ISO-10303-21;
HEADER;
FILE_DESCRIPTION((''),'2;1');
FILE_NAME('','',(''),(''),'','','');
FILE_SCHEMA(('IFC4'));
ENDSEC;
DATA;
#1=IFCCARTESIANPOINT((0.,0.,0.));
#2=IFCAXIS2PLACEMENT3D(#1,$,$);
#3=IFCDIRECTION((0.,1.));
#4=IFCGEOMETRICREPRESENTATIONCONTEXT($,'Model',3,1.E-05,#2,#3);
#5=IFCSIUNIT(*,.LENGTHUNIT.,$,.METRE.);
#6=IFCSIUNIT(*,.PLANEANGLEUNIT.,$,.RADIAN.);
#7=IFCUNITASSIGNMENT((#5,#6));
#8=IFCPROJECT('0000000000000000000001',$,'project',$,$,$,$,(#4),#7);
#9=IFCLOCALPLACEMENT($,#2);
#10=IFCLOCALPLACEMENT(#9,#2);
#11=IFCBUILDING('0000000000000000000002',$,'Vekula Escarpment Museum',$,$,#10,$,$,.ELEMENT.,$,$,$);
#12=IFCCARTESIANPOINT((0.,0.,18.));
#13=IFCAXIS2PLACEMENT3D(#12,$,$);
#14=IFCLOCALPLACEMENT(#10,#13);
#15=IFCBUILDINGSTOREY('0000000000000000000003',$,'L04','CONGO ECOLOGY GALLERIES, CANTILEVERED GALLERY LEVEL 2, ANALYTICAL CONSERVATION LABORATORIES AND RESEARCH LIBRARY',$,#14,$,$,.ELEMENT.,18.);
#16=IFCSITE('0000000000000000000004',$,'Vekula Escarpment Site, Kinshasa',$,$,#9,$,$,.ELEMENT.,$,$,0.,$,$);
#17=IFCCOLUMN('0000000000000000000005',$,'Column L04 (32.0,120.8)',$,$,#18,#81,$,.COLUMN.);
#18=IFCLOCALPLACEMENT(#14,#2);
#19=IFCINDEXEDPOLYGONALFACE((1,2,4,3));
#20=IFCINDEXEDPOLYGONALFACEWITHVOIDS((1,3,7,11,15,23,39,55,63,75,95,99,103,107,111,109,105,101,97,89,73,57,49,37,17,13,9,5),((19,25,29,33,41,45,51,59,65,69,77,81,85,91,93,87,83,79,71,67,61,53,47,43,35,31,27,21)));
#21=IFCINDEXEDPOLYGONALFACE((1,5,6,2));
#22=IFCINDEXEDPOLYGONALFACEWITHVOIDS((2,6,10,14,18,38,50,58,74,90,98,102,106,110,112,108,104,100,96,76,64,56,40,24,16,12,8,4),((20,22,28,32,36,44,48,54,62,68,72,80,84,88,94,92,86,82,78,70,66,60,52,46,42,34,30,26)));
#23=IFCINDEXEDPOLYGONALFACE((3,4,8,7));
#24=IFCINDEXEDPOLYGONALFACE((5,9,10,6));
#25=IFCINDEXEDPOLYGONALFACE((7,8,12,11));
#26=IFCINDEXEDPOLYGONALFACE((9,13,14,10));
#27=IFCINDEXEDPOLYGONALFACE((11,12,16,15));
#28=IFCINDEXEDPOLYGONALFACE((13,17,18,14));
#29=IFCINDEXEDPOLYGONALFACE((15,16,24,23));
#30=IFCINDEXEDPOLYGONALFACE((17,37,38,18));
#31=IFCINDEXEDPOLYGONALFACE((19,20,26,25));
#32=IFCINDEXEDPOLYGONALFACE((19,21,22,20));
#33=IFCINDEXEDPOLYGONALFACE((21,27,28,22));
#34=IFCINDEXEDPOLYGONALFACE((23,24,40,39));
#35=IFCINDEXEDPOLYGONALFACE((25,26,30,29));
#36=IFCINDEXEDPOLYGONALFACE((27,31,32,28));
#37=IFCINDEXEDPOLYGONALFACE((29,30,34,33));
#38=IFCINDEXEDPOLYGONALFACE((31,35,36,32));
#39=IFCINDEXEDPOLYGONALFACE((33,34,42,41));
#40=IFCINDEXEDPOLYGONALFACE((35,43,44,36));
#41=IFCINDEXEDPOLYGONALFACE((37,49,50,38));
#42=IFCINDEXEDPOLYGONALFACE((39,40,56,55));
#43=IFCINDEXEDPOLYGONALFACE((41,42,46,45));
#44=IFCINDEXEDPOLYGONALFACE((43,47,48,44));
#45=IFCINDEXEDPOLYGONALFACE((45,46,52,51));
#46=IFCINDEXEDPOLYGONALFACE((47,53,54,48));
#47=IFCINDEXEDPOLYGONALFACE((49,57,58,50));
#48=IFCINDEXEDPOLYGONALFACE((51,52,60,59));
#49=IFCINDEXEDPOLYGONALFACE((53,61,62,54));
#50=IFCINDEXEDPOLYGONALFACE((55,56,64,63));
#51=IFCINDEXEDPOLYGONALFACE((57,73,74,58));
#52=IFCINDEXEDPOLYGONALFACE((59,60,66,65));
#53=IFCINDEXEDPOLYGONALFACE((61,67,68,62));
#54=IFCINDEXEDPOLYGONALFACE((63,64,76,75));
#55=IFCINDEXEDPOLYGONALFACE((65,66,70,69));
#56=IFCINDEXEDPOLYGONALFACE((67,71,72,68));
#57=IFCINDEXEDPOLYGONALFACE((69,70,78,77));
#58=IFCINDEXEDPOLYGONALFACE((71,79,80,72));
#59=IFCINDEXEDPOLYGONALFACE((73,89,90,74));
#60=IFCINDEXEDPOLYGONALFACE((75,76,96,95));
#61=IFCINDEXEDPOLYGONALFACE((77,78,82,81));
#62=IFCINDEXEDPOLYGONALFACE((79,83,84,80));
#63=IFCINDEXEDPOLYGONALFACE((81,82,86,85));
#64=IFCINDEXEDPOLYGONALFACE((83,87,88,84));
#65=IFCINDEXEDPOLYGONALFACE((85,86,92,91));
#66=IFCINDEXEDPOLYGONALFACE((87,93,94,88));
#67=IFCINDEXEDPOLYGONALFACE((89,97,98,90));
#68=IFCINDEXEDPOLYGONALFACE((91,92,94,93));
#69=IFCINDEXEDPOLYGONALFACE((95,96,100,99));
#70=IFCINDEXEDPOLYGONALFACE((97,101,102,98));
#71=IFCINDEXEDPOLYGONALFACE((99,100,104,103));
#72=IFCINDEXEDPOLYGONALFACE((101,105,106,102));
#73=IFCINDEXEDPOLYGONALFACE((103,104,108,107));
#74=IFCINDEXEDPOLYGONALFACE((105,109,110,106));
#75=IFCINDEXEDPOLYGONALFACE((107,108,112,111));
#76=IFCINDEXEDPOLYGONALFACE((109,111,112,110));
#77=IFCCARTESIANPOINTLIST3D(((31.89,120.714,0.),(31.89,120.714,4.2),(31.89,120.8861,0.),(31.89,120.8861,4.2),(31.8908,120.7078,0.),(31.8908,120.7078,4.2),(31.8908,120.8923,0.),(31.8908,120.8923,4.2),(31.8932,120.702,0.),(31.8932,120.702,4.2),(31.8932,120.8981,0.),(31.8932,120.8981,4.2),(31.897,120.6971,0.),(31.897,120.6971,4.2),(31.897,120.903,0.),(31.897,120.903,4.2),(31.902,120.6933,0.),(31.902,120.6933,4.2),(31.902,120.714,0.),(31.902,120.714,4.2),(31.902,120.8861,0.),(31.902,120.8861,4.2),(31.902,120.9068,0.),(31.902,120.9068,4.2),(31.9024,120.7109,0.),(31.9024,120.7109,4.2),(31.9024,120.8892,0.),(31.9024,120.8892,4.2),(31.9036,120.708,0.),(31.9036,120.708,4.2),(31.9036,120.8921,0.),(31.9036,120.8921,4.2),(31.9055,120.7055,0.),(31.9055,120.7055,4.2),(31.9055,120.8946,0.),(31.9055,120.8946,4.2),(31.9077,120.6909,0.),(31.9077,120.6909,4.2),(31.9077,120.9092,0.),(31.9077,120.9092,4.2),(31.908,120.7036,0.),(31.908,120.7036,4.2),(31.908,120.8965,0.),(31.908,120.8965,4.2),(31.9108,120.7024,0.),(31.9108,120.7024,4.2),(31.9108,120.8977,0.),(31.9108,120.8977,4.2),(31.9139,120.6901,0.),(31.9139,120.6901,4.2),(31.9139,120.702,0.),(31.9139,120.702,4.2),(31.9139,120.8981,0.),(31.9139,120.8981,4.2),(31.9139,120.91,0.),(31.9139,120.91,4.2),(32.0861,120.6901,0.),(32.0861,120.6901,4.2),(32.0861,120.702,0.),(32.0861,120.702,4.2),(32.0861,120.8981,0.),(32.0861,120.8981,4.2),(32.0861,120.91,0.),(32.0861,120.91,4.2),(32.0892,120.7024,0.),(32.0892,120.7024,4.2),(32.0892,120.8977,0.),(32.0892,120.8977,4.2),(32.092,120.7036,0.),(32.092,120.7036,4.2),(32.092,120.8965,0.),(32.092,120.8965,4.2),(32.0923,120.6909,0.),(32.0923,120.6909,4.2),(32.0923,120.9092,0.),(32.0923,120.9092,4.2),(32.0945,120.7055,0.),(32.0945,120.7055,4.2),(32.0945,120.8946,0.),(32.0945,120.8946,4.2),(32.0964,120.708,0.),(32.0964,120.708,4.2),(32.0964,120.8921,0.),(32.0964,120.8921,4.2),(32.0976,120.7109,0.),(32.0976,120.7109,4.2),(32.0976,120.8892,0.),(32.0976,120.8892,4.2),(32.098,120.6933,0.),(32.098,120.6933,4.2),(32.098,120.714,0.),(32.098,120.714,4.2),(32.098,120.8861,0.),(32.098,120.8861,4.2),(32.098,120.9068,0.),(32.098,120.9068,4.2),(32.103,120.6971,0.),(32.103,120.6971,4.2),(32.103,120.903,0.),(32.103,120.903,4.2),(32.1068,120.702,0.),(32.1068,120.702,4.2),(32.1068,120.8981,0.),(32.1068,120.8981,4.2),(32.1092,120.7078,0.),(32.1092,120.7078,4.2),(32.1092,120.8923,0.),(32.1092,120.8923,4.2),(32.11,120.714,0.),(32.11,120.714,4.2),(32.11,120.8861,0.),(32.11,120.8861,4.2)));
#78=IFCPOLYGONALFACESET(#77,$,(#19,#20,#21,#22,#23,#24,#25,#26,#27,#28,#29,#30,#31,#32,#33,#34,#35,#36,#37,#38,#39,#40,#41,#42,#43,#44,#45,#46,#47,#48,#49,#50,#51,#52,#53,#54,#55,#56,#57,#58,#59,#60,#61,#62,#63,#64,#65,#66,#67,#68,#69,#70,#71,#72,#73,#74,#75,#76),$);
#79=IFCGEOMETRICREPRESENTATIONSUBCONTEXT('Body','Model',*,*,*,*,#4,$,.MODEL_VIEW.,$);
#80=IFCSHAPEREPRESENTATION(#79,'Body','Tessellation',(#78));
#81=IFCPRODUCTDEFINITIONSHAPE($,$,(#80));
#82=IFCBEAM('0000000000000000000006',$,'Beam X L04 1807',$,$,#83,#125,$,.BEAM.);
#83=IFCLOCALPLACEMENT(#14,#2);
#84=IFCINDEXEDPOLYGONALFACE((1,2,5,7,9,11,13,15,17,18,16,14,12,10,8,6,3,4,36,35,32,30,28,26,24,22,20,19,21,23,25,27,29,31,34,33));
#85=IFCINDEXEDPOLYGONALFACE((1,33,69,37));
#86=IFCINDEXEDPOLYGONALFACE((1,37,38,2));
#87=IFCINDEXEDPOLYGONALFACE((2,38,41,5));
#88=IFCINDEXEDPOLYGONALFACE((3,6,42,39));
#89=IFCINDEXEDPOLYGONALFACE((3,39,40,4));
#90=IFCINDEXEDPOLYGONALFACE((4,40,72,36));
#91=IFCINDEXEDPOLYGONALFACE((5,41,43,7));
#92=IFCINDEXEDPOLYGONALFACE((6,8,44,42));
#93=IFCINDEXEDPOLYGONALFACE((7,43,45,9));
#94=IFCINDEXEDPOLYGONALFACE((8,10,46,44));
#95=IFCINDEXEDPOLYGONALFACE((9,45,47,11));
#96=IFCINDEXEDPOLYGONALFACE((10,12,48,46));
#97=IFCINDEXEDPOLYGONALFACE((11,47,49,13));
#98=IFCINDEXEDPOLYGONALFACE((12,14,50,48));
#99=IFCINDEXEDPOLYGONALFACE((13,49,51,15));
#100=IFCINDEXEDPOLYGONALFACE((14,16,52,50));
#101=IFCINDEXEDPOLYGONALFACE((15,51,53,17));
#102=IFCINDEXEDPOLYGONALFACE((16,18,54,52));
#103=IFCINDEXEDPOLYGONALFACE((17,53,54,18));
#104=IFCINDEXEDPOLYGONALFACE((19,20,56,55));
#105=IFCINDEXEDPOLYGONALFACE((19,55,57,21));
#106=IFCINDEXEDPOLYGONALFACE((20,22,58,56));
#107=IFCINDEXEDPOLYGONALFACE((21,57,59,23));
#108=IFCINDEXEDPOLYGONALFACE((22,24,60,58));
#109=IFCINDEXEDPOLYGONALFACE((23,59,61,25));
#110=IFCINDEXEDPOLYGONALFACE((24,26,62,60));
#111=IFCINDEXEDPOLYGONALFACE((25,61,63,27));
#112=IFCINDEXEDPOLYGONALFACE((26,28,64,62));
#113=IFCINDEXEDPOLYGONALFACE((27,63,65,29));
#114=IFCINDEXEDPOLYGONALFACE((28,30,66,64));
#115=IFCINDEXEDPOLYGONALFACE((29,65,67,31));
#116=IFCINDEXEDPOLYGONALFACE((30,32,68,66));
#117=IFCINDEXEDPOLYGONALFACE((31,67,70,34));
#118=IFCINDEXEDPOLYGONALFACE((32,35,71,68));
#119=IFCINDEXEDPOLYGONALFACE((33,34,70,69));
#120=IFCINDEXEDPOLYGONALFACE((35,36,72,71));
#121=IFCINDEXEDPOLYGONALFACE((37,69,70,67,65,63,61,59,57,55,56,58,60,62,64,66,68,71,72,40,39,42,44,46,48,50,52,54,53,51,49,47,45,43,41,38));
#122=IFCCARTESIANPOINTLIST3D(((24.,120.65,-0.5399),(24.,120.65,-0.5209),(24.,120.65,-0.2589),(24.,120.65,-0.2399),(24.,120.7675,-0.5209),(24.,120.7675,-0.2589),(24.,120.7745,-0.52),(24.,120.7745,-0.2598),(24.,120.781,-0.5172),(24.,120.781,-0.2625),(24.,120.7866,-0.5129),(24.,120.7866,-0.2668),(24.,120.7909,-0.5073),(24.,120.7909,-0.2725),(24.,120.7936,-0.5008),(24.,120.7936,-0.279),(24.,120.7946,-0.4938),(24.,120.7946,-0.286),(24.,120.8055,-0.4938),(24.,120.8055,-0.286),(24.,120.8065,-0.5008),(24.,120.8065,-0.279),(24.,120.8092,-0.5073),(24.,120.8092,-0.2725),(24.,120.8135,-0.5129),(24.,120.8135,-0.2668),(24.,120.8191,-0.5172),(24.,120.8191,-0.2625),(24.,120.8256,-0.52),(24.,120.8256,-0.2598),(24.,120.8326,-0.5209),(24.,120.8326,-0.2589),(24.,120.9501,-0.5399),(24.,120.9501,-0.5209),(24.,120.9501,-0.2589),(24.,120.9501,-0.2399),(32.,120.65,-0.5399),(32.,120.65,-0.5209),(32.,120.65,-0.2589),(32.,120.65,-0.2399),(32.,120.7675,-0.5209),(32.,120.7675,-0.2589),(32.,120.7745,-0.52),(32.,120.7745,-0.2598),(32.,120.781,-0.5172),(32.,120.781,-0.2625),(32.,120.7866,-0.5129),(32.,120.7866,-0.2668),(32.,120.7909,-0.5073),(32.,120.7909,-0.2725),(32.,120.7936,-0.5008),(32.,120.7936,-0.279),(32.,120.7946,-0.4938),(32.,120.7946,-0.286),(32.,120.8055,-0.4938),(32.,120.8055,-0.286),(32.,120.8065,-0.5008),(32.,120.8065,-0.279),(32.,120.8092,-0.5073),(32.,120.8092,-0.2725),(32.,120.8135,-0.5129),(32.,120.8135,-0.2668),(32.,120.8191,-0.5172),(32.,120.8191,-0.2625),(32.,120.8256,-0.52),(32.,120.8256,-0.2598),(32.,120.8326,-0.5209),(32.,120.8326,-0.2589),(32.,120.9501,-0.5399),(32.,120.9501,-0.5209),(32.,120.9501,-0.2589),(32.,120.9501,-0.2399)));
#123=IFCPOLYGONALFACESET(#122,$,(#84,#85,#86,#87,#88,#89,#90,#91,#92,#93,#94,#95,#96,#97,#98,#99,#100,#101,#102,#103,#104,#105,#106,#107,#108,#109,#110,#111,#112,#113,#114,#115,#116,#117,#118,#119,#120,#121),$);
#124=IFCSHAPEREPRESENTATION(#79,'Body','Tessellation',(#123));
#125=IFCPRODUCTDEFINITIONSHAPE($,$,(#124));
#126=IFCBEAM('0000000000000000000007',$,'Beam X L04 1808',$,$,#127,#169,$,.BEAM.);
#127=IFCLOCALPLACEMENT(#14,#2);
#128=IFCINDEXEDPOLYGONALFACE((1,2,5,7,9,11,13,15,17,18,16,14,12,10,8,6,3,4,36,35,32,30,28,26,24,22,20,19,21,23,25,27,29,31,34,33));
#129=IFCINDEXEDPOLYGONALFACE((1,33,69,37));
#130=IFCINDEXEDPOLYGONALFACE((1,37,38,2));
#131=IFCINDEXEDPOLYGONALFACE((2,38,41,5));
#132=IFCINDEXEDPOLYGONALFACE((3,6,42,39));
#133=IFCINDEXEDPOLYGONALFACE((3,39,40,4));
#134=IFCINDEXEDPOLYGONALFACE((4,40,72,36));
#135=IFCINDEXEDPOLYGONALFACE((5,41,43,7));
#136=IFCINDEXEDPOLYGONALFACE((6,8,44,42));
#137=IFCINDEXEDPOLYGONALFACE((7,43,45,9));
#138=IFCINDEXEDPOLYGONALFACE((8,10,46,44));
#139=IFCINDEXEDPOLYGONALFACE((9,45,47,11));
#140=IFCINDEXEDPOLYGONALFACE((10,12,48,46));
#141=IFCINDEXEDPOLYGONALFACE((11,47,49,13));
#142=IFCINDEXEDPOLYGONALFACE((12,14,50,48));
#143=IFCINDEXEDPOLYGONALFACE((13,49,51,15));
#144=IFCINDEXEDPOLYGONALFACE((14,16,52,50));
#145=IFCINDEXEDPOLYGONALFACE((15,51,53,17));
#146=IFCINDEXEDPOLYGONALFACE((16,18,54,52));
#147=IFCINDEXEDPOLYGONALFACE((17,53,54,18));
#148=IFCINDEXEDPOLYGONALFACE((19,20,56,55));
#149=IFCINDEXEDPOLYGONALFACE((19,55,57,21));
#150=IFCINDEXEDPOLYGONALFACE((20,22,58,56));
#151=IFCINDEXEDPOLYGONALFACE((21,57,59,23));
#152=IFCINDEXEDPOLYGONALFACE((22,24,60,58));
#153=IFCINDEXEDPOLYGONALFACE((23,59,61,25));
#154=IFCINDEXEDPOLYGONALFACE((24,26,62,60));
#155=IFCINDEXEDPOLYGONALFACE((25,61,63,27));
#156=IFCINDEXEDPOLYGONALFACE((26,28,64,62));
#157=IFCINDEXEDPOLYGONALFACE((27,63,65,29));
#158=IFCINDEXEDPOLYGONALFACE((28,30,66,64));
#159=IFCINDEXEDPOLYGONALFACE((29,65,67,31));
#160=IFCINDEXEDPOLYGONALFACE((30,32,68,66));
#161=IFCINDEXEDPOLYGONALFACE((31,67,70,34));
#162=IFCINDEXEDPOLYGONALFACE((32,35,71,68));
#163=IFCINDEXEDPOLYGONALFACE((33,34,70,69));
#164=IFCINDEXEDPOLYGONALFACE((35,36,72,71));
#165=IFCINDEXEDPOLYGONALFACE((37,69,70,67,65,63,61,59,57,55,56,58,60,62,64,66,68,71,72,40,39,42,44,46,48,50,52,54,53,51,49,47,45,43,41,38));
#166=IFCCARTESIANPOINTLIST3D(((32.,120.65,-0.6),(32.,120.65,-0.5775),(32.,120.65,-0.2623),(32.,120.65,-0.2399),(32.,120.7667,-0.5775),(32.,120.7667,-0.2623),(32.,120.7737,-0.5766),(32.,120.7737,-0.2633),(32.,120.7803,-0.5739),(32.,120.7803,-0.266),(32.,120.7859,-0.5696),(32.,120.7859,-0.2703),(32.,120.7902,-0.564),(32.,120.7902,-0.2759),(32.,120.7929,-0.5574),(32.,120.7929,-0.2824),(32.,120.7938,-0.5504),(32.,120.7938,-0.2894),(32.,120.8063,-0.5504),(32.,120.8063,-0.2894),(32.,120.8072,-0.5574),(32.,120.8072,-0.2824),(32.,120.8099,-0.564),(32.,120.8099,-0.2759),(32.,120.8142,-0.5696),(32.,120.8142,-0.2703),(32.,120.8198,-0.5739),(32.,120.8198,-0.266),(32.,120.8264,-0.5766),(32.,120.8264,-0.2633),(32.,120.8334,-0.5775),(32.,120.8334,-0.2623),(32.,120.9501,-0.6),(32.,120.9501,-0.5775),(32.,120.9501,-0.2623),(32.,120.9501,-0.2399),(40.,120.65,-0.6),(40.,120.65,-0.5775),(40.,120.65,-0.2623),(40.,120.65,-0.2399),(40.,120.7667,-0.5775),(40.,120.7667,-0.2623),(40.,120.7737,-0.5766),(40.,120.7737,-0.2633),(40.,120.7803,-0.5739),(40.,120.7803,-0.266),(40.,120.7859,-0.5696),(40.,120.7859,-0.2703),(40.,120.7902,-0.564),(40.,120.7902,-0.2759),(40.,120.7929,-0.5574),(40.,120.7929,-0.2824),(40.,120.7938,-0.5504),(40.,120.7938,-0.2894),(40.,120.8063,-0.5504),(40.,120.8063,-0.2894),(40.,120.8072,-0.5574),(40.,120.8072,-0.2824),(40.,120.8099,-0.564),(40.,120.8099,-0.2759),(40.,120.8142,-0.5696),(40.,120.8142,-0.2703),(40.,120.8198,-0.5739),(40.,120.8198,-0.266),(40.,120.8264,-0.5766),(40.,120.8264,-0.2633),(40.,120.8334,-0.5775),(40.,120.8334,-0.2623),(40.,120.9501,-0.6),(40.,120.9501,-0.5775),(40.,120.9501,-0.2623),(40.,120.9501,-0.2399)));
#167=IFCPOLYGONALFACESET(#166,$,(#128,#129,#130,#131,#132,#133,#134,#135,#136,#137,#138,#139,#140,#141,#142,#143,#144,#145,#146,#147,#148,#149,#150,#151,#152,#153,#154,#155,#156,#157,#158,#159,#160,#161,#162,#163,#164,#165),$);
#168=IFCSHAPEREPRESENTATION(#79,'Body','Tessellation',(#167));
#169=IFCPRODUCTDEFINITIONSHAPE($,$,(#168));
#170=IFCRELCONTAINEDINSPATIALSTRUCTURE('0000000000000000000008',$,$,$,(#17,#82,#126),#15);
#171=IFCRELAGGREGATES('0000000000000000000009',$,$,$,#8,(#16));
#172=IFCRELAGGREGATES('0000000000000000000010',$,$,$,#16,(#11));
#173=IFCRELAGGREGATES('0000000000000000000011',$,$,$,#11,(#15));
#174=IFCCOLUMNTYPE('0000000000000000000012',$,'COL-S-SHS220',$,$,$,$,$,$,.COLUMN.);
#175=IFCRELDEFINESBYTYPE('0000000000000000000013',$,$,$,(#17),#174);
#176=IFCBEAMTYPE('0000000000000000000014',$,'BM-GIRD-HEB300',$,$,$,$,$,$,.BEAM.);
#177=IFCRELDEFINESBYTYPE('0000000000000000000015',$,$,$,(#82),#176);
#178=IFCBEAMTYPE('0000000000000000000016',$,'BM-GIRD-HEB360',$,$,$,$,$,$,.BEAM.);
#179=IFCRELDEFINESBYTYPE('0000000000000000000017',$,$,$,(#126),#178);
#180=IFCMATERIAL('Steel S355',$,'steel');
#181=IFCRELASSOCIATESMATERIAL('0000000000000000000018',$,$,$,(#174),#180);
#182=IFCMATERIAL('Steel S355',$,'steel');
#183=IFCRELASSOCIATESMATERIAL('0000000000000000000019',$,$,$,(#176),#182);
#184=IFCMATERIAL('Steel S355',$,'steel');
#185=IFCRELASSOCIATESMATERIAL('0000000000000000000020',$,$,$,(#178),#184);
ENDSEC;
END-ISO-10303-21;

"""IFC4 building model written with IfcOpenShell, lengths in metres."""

from ifc_helpers import new_model, si_unit, direction, frame, origin, origin_2d, place, context, subcontext, project, spatial, hollow_rectangle, i_section, extrude, material, material_profile, profile_set, type_object, element, save


model = new_model("IFC4")

# Units and contexts
model_context = context("Model", 3, precision=1e-05, world=origin(), true_north=direction((0.0, 1.0)))
body_context = subcontext(model_context, "Body", "Model", "MODEL_VIEW")
ifc_project = project(units=[si_unit("LENGTHUNIT", "METRE"), si_unit("PLANEANGLEUNIT", "RADIAN")], contexts=[model_context])

# Site, building, storey
site_placement = place(None, origin())
site = spatial("IfcSite", under=ifc_project, at=site_placement, Name="Vekula Escarpment Site, Kinshasa", CompositionType="ELEMENT", RefElevation=0.0)
building_placement = place(site_placement, origin())
building = spatial("IfcBuilding", under=site, at=building_placement, Name="Vekula Escarpment Museum", CompositionType="ELEMENT")
storey_placement = place(building_placement, frame((0.0, 0.0, 18.0)))
storey = spatial("IfcBuildingStorey", under=building, at=storey_placement, Name="L04", Description="CONGO ECOLOGY GALLERIES, CANTILEVERED GALLERY LEVEL 2, ANALYTICAL CONSERVATION LABORATORIES AND RESEARCH LIBRARY", CompositionType="ELEMENT", Elevation=18.0)

# Column
ifc_material_1 = material(Name="Steel S355", Category="steel")
ifc_material_profile_1 = material_profile(ifc_material_1, hollow_rectangle(XDim=0.22, YDim=0.22, WallThickness=0.012, InnerFilletRadius=0.012, OuterFilletRadius=0.0239, at=origin_2d()), Name="SHS 220x220x12")
ifc_profile_set_1 = profile_set([ifc_material_profile_1], Name="Steel S355")
column_type = type_object("IfcColumnType", Name="COL-S-SHS220", PredefinedType="COLUMN", material=ifc_profile_set_1)
column_placement = place(storey_placement, frame((32.0, 120.8, 0.0), z_axis=(0.0, 0.0, 1.0), x_axis=(1.0, 0.0, 0.0)))
element("IfcColumn", 1, at=column_placement, inside=storey, type_object=column_type, Name="Column L04 (32.0,120.8)", PredefinedType="COLUMN", context=body_context, shape_type="SweptSolid", body=[
    extrude(hollow_rectangle(XDim=0.22, YDim=0.22, WallThickness=0.012, InnerFilletRadius=0.012, OuterFilletRadius=0.0239, at=origin_2d()), origin(), (0.0, 0.0, 1.0), 4.2),
])

# Beams
ifc_material_2 = material(Name="Steel S355", Category="steel")
ifc_material_profile_2 = material_profile(ifc_material_2, i_section(OverallWidth=0.3, OverallDepth=0.3, WebThickness=0.011, FlangeThickness=0.019, FilletRadius=0.0271, at=origin_2d()), Name="HEB 300")
ifc_profile_set_2 = profile_set([ifc_material_profile_2], Name="Steel S355")
beam_type_1 = type_object("IfcBeamType", Name="BM-GIRD-HEB300", PredefinedType="BEAM", material=ifc_profile_set_2)
beam_1_placement = place(storey_placement, frame((24.0, 120.8, -0.3899), z_axis=(1.0, 0.0, 0.0), x_axis=(0.0, 1.0, 0.0)))
element("IfcBeam", 2, at=beam_1_placement, inside=storey, type_object=beam_type_1, Name="Beam X L04 1807", PredefinedType="BEAM", context=body_context, shape_type="SweptSolid", body=[
    extrude(i_section(OverallWidth=0.3, OverallDepth=0.3, WebThickness=0.011, FlangeThickness=0.019, FilletRadius=0.0271, at=origin_2d()), origin(), (0.0, 0.0, 1.0), 8.0),
])
ifc_material_3 = material(Name="Steel S355", Category="steel")
ifc_material_profile_3 = material_profile(ifc_material_3, i_section(OverallWidth=0.3, OverallDepth=0.3601, WebThickness=0.0125, FlangeThickness=0.0225, FilletRadius=0.0271, at=origin_2d()), Name="HEB 360")
ifc_profile_set_3 = profile_set([ifc_material_profile_3], Name="Steel S355")
beam_type_2 = type_object("IfcBeamType", Name="BM-GIRD-HEB360", PredefinedType="BEAM", material=ifc_profile_set_3)
beam_2_placement = place(storey_placement, frame((32.0, 120.8, -0.4199), z_axis=(1.0, 0.0, 0.0), x_axis=(0.0, 1.0, 0.0)))
element("IfcBeam", 3, at=beam_2_placement, inside=storey, type_object=beam_type_2, Name="Beam X L04 1808", PredefinedType="BEAM", context=body_context, shape_type="SweptSolid", body=[
    extrude(i_section(OverallWidth=0.3, OverallDepth=0.3601, WebThickness=0.0125, FlangeThickness=0.0225, FilletRadius=0.0271, at=origin_2d()), origin(), (0.0, 0.0, 1.0), 8.0),
])

save(model, "model.ifc")
